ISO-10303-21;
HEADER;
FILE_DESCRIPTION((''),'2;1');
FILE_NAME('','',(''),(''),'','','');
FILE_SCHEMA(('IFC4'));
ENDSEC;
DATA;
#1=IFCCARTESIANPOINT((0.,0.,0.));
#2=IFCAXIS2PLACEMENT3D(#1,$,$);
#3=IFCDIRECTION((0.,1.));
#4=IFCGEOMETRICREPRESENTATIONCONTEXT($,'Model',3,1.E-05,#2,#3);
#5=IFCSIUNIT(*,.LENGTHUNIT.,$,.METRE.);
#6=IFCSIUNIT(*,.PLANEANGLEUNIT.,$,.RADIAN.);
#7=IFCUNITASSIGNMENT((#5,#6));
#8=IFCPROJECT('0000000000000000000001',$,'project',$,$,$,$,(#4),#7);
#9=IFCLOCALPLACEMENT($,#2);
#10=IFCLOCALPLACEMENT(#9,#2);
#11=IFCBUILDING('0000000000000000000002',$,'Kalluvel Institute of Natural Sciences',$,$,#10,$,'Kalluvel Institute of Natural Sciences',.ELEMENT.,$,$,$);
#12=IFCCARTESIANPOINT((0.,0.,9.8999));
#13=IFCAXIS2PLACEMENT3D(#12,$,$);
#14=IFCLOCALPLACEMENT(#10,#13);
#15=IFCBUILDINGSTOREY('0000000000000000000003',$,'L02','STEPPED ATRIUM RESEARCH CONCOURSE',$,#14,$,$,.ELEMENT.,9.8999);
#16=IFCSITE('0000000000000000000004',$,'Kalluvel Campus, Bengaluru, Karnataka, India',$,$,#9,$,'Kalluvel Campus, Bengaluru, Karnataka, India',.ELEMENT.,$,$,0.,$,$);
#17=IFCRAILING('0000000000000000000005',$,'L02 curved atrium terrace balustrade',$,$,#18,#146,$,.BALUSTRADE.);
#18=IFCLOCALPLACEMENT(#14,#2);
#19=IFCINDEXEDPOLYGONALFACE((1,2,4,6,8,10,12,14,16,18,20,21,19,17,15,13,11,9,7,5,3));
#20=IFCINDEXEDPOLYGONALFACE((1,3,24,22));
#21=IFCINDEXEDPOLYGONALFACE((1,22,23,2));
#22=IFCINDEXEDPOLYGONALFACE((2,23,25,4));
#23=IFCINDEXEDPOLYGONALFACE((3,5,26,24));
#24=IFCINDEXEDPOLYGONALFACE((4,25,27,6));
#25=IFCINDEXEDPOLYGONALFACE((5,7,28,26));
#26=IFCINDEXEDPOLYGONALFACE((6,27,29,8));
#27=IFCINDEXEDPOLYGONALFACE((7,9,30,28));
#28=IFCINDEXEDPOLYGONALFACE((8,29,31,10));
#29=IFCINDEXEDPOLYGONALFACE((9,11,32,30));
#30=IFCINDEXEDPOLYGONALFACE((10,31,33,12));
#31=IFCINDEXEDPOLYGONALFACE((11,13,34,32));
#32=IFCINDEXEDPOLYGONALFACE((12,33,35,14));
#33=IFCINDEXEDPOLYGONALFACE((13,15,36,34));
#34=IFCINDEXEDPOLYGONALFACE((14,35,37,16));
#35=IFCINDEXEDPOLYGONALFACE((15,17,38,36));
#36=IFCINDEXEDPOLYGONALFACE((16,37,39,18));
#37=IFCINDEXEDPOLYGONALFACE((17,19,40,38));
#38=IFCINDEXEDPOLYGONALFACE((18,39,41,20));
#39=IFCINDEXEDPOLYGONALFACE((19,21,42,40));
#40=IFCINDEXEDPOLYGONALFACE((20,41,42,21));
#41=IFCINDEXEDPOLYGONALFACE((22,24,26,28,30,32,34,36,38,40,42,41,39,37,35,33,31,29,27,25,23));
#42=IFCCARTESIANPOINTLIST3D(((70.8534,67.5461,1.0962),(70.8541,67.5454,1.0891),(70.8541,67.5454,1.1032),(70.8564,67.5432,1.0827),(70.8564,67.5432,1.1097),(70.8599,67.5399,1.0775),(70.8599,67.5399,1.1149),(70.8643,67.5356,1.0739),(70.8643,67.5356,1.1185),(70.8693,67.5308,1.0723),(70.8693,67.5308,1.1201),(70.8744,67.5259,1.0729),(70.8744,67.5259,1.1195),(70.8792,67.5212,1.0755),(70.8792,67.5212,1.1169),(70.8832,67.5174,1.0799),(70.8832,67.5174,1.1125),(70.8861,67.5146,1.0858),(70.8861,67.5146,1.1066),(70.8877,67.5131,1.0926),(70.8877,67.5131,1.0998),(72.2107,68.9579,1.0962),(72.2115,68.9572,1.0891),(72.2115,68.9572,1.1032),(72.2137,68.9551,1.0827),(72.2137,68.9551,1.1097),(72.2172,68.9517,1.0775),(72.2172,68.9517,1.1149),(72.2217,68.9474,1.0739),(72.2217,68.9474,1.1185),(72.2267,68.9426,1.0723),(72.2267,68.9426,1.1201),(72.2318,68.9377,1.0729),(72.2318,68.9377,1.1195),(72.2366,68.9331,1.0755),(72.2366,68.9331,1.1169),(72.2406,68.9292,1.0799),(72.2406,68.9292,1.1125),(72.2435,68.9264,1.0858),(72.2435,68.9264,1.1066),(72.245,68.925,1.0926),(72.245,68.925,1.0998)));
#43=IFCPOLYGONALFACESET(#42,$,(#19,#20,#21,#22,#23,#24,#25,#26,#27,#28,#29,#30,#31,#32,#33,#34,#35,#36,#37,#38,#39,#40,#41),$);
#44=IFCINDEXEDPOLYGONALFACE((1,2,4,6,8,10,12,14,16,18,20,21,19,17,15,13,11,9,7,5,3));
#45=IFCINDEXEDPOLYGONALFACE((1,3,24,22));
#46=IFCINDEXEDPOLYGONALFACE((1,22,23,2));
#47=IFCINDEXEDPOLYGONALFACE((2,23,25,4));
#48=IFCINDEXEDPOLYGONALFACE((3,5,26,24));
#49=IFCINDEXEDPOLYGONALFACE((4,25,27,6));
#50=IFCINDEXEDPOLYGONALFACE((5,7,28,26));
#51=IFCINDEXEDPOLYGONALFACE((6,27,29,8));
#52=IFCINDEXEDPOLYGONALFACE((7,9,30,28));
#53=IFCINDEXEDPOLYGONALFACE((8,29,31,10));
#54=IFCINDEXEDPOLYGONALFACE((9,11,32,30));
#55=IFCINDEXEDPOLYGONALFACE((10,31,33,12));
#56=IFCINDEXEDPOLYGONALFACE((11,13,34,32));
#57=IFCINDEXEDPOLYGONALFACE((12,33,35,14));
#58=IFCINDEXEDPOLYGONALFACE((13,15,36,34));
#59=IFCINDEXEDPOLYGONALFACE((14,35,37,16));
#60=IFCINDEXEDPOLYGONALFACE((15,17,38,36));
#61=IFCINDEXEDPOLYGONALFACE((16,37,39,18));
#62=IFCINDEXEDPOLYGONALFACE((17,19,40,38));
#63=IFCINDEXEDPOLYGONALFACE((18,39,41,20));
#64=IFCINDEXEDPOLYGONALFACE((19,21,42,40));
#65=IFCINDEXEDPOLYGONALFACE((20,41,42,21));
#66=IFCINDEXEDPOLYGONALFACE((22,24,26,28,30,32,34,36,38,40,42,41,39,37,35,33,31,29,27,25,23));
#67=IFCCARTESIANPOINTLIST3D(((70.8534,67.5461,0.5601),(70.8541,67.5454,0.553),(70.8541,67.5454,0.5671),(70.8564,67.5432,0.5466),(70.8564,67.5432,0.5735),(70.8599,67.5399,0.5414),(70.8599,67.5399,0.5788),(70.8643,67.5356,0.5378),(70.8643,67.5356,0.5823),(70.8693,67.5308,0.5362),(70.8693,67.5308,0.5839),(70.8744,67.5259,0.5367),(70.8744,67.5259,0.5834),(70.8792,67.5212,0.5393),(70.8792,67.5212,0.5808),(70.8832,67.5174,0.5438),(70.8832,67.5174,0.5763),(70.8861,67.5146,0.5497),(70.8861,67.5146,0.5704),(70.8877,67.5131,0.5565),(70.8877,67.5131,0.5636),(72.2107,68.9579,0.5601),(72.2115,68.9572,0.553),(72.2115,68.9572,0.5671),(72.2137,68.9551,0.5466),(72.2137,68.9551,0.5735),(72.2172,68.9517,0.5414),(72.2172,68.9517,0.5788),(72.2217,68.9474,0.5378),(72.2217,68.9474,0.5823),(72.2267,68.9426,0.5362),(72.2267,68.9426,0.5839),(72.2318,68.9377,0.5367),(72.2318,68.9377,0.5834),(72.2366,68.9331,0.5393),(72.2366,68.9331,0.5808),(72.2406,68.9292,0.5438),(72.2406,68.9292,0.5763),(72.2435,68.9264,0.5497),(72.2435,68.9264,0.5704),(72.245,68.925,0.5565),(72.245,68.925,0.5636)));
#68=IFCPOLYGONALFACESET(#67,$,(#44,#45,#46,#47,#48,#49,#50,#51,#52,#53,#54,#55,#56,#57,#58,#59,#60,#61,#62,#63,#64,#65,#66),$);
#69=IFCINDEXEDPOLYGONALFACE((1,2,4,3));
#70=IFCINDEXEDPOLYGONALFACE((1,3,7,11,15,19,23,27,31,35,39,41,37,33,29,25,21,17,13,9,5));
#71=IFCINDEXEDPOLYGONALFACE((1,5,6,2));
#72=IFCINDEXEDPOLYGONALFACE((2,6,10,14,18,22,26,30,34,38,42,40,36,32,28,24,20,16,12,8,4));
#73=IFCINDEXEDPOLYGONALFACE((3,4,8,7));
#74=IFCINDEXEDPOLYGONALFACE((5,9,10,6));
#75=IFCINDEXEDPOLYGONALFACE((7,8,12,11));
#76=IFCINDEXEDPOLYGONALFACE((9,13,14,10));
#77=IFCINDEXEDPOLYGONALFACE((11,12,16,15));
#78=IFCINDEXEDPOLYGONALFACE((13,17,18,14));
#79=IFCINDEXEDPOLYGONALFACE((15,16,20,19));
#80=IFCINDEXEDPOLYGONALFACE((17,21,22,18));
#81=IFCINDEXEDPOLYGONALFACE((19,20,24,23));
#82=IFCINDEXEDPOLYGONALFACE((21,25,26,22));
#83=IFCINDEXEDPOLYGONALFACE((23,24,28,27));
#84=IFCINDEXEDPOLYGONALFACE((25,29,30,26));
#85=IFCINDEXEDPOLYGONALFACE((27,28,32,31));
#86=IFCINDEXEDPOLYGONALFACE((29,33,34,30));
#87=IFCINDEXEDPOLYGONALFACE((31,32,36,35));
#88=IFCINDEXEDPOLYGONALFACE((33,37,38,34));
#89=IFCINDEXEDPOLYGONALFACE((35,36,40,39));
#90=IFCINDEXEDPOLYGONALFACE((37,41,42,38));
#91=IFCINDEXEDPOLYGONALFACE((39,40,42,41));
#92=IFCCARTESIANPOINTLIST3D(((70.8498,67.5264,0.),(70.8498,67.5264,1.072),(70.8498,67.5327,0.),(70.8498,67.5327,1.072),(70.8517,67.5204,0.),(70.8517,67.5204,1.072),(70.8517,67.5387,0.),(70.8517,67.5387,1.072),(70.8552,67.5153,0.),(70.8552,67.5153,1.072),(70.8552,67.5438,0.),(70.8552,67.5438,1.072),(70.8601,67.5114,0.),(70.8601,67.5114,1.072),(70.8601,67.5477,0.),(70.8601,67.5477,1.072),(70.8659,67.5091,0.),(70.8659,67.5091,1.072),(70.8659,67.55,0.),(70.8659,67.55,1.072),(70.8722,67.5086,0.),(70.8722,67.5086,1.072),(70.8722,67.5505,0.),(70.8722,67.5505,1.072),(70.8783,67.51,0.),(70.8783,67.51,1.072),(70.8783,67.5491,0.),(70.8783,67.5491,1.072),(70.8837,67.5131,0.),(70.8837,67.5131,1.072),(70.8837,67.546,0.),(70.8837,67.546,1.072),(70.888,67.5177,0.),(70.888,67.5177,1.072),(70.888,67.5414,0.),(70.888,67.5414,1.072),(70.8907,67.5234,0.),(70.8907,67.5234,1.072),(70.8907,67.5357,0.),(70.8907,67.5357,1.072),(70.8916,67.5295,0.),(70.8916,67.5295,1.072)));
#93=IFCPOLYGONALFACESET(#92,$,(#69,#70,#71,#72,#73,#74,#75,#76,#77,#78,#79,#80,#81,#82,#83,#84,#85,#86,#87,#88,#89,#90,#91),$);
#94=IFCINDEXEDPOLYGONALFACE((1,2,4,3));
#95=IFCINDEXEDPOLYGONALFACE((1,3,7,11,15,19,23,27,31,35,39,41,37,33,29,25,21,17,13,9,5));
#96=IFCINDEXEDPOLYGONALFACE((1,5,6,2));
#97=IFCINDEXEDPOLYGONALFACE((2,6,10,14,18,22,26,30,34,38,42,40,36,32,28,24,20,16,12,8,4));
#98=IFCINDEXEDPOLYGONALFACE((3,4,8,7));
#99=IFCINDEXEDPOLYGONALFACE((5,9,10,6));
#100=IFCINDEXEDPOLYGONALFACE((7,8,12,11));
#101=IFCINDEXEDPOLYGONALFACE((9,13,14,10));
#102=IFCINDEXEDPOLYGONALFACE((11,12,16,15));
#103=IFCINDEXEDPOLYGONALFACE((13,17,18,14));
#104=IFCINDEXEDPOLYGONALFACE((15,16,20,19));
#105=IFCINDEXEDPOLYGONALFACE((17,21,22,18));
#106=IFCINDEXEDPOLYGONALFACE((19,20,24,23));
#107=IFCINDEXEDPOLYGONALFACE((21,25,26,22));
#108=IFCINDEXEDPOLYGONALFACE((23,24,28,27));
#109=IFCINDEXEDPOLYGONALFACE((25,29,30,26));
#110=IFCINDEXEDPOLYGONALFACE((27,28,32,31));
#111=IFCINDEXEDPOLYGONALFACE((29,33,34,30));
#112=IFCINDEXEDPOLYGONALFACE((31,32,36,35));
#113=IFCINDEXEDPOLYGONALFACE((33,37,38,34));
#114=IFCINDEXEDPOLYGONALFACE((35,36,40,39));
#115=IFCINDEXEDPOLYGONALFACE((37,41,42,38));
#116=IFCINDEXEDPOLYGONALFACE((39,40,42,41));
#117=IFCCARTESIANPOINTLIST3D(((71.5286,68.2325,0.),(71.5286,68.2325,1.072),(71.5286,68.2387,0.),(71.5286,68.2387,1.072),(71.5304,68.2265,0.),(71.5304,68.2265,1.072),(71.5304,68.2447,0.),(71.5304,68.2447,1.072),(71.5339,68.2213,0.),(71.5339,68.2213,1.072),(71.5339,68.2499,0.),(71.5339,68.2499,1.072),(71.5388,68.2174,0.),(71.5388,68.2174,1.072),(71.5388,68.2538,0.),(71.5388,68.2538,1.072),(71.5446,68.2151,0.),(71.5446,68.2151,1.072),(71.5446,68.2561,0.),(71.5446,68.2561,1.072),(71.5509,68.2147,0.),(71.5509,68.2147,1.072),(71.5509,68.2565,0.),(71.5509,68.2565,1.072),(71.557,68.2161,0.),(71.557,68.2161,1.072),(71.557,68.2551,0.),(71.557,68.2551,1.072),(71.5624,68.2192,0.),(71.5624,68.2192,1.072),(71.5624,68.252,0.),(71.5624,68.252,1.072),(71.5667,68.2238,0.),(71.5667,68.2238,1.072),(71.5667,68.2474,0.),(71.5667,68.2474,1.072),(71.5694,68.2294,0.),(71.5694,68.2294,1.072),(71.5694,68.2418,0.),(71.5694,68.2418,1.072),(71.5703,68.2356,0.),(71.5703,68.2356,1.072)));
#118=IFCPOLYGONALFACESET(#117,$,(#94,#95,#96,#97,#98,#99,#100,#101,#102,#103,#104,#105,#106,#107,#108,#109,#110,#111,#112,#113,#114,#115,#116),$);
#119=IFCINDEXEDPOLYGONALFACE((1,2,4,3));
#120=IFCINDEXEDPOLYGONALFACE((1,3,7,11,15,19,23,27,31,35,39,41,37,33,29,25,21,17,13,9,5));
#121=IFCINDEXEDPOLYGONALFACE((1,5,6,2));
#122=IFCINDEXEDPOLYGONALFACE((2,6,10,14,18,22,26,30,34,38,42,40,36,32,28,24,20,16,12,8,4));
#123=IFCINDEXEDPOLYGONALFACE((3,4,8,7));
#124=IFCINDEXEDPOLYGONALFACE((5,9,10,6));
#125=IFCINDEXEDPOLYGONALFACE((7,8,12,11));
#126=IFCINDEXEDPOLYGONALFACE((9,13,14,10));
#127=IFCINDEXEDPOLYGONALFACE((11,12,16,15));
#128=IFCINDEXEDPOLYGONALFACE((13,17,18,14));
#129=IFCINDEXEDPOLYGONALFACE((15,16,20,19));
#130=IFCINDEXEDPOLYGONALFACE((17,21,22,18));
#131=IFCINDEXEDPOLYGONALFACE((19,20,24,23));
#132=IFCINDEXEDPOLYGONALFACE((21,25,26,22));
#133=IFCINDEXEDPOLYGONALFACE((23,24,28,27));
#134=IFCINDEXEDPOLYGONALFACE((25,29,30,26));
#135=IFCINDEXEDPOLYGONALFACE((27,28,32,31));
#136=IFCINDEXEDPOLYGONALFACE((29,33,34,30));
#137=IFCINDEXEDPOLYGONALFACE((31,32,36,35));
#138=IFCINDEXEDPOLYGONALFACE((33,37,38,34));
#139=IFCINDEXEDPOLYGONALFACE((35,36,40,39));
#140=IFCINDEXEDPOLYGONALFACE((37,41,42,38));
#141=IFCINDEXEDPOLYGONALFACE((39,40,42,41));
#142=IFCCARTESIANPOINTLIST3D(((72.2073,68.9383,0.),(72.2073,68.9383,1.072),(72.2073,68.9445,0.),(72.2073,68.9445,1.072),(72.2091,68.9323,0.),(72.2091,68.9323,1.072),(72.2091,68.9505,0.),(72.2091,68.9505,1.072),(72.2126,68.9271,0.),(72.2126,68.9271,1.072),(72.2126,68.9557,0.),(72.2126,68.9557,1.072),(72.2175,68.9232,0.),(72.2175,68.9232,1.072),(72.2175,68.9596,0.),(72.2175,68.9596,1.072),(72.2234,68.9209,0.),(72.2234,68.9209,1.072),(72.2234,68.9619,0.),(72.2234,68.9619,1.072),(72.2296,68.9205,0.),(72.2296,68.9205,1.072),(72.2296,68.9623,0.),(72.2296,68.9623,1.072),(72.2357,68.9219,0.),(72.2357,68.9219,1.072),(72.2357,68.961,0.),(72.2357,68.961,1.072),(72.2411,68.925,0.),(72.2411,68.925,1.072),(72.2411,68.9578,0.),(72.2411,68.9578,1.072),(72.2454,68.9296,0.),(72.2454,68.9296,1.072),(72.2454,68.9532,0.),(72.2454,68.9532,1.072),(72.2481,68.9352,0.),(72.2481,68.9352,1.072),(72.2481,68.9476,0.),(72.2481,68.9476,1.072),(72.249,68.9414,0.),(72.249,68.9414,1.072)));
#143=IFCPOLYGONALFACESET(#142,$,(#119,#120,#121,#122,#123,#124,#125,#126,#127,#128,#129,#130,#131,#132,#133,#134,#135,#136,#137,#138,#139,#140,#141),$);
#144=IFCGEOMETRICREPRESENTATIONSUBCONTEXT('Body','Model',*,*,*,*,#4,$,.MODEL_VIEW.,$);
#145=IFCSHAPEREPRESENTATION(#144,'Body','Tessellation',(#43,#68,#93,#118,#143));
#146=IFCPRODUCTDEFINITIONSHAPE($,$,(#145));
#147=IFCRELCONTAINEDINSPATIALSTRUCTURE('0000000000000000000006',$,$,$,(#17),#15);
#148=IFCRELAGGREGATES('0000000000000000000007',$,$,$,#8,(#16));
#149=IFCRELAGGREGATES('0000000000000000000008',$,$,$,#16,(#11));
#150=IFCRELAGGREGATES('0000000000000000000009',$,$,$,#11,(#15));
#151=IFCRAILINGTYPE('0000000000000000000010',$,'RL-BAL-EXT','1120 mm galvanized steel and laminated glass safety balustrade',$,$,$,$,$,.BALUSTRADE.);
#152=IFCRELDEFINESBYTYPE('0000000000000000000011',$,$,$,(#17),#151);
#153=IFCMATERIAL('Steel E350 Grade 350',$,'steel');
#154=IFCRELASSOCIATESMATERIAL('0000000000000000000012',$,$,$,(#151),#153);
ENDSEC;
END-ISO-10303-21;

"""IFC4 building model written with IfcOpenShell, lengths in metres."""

from ifc_helpers import new_model, si_unit, direction, frame, origin, origin_2d, place, context, subcontext, project, spatial, circle, extrude, material, type_object, element, save


model = new_model("IFC4")

# Units and contexts
model_context = context("Model", 3, precision=1e-05, world=origin(), true_north=direction((0.0, 1.0)))
body_context = subcontext(model_context, "Body", "Model", "MODEL_VIEW")
ifc_project = project(units=[si_unit("LENGTHUNIT", "METRE"), si_unit("PLANEANGLEUNIT", "RADIAN")], contexts=[model_context])

# Site, building, storey
site_placement = place(None, origin())
site = spatial("IfcSite", under=ifc_project, at=site_placement, Name="Kalluvel Campus, Bengaluru, Karnataka, India", LongName="Kalluvel Campus, Bengaluru, Karnataka, India", CompositionType="ELEMENT", RefElevation=0.0)
building_placement = place(site_placement, origin())
building = spatial("IfcBuilding", under=site, at=building_placement, Name="Kalluvel Institute of Natural Sciences", LongName="Kalluvel Institute of Natural Sciences", CompositionType="ELEMENT")
storey_placement = place(building_placement, frame((0.0, 0.0, 9.8999)))
storey = spatial("IfcBuildingStorey", under=building, at=storey_placement, Name="L02", Description="STEPPED ATRIUM RESEARCH CONCOURSE", CompositionType="ELEMENT", Elevation=9.8999)

# Railing
ifc_material_1 = material(Name="Steel E350 Grade 350", Category="steel")
railing_type = type_object("IfcRailingType", Name="RL-BAL-EXT", Description="1120 mm galvanized steel and laminated glass safety balustrade", PredefinedType="BALUSTRADE", material=ifc_material_1)
railing_1_placement = place(storey_placement, frame((70.8706, 67.5295, 0.0)))
element("IfcRailing", 1, at=railing_1_placement, inside=storey, type_object=railing_type, Name="L02 curved atrium terrace balustrade", PredefinedType="BALUSTRADE", context=body_context, shape_type="SweptSolid", body=[
    extrude(circle(Radius=0.0239, at=origin_2d()), frame((0.0, 0.0, 1.0962), z_axis=(0.693071, 0.720869, 0.0), x_axis=(-0.720869, 0.693071, 0.0)), (0.0, 0.0, 1.0), 1.9585),
    extrude(circle(Radius=0.0239, at=origin_2d()), frame((0.0, 0.0, 0.5601), z_axis=(0.693071, 0.720869, 0.0), x_axis=(-0.720869, 0.693071, 0.0)), (0.0, 0.0, 1.0), 1.9585),
    extrude(circle(Radius=0.021, at=origin_2d()), origin(), (0.0, 0.0, 1.0), 1.072),
    extrude(circle(Radius=0.021, at=origin_2d()), frame((0.6787, 0.7061, 0.0)), (0.0, 0.0, 1.0), 1.072),
    extrude(circle(Radius=0.021, at=origin_2d()), frame((1.3574, 1.4119, 0.0)), (0.0, 0.0, 1.0), 1.072),
])

save(model, "model.ifc")
